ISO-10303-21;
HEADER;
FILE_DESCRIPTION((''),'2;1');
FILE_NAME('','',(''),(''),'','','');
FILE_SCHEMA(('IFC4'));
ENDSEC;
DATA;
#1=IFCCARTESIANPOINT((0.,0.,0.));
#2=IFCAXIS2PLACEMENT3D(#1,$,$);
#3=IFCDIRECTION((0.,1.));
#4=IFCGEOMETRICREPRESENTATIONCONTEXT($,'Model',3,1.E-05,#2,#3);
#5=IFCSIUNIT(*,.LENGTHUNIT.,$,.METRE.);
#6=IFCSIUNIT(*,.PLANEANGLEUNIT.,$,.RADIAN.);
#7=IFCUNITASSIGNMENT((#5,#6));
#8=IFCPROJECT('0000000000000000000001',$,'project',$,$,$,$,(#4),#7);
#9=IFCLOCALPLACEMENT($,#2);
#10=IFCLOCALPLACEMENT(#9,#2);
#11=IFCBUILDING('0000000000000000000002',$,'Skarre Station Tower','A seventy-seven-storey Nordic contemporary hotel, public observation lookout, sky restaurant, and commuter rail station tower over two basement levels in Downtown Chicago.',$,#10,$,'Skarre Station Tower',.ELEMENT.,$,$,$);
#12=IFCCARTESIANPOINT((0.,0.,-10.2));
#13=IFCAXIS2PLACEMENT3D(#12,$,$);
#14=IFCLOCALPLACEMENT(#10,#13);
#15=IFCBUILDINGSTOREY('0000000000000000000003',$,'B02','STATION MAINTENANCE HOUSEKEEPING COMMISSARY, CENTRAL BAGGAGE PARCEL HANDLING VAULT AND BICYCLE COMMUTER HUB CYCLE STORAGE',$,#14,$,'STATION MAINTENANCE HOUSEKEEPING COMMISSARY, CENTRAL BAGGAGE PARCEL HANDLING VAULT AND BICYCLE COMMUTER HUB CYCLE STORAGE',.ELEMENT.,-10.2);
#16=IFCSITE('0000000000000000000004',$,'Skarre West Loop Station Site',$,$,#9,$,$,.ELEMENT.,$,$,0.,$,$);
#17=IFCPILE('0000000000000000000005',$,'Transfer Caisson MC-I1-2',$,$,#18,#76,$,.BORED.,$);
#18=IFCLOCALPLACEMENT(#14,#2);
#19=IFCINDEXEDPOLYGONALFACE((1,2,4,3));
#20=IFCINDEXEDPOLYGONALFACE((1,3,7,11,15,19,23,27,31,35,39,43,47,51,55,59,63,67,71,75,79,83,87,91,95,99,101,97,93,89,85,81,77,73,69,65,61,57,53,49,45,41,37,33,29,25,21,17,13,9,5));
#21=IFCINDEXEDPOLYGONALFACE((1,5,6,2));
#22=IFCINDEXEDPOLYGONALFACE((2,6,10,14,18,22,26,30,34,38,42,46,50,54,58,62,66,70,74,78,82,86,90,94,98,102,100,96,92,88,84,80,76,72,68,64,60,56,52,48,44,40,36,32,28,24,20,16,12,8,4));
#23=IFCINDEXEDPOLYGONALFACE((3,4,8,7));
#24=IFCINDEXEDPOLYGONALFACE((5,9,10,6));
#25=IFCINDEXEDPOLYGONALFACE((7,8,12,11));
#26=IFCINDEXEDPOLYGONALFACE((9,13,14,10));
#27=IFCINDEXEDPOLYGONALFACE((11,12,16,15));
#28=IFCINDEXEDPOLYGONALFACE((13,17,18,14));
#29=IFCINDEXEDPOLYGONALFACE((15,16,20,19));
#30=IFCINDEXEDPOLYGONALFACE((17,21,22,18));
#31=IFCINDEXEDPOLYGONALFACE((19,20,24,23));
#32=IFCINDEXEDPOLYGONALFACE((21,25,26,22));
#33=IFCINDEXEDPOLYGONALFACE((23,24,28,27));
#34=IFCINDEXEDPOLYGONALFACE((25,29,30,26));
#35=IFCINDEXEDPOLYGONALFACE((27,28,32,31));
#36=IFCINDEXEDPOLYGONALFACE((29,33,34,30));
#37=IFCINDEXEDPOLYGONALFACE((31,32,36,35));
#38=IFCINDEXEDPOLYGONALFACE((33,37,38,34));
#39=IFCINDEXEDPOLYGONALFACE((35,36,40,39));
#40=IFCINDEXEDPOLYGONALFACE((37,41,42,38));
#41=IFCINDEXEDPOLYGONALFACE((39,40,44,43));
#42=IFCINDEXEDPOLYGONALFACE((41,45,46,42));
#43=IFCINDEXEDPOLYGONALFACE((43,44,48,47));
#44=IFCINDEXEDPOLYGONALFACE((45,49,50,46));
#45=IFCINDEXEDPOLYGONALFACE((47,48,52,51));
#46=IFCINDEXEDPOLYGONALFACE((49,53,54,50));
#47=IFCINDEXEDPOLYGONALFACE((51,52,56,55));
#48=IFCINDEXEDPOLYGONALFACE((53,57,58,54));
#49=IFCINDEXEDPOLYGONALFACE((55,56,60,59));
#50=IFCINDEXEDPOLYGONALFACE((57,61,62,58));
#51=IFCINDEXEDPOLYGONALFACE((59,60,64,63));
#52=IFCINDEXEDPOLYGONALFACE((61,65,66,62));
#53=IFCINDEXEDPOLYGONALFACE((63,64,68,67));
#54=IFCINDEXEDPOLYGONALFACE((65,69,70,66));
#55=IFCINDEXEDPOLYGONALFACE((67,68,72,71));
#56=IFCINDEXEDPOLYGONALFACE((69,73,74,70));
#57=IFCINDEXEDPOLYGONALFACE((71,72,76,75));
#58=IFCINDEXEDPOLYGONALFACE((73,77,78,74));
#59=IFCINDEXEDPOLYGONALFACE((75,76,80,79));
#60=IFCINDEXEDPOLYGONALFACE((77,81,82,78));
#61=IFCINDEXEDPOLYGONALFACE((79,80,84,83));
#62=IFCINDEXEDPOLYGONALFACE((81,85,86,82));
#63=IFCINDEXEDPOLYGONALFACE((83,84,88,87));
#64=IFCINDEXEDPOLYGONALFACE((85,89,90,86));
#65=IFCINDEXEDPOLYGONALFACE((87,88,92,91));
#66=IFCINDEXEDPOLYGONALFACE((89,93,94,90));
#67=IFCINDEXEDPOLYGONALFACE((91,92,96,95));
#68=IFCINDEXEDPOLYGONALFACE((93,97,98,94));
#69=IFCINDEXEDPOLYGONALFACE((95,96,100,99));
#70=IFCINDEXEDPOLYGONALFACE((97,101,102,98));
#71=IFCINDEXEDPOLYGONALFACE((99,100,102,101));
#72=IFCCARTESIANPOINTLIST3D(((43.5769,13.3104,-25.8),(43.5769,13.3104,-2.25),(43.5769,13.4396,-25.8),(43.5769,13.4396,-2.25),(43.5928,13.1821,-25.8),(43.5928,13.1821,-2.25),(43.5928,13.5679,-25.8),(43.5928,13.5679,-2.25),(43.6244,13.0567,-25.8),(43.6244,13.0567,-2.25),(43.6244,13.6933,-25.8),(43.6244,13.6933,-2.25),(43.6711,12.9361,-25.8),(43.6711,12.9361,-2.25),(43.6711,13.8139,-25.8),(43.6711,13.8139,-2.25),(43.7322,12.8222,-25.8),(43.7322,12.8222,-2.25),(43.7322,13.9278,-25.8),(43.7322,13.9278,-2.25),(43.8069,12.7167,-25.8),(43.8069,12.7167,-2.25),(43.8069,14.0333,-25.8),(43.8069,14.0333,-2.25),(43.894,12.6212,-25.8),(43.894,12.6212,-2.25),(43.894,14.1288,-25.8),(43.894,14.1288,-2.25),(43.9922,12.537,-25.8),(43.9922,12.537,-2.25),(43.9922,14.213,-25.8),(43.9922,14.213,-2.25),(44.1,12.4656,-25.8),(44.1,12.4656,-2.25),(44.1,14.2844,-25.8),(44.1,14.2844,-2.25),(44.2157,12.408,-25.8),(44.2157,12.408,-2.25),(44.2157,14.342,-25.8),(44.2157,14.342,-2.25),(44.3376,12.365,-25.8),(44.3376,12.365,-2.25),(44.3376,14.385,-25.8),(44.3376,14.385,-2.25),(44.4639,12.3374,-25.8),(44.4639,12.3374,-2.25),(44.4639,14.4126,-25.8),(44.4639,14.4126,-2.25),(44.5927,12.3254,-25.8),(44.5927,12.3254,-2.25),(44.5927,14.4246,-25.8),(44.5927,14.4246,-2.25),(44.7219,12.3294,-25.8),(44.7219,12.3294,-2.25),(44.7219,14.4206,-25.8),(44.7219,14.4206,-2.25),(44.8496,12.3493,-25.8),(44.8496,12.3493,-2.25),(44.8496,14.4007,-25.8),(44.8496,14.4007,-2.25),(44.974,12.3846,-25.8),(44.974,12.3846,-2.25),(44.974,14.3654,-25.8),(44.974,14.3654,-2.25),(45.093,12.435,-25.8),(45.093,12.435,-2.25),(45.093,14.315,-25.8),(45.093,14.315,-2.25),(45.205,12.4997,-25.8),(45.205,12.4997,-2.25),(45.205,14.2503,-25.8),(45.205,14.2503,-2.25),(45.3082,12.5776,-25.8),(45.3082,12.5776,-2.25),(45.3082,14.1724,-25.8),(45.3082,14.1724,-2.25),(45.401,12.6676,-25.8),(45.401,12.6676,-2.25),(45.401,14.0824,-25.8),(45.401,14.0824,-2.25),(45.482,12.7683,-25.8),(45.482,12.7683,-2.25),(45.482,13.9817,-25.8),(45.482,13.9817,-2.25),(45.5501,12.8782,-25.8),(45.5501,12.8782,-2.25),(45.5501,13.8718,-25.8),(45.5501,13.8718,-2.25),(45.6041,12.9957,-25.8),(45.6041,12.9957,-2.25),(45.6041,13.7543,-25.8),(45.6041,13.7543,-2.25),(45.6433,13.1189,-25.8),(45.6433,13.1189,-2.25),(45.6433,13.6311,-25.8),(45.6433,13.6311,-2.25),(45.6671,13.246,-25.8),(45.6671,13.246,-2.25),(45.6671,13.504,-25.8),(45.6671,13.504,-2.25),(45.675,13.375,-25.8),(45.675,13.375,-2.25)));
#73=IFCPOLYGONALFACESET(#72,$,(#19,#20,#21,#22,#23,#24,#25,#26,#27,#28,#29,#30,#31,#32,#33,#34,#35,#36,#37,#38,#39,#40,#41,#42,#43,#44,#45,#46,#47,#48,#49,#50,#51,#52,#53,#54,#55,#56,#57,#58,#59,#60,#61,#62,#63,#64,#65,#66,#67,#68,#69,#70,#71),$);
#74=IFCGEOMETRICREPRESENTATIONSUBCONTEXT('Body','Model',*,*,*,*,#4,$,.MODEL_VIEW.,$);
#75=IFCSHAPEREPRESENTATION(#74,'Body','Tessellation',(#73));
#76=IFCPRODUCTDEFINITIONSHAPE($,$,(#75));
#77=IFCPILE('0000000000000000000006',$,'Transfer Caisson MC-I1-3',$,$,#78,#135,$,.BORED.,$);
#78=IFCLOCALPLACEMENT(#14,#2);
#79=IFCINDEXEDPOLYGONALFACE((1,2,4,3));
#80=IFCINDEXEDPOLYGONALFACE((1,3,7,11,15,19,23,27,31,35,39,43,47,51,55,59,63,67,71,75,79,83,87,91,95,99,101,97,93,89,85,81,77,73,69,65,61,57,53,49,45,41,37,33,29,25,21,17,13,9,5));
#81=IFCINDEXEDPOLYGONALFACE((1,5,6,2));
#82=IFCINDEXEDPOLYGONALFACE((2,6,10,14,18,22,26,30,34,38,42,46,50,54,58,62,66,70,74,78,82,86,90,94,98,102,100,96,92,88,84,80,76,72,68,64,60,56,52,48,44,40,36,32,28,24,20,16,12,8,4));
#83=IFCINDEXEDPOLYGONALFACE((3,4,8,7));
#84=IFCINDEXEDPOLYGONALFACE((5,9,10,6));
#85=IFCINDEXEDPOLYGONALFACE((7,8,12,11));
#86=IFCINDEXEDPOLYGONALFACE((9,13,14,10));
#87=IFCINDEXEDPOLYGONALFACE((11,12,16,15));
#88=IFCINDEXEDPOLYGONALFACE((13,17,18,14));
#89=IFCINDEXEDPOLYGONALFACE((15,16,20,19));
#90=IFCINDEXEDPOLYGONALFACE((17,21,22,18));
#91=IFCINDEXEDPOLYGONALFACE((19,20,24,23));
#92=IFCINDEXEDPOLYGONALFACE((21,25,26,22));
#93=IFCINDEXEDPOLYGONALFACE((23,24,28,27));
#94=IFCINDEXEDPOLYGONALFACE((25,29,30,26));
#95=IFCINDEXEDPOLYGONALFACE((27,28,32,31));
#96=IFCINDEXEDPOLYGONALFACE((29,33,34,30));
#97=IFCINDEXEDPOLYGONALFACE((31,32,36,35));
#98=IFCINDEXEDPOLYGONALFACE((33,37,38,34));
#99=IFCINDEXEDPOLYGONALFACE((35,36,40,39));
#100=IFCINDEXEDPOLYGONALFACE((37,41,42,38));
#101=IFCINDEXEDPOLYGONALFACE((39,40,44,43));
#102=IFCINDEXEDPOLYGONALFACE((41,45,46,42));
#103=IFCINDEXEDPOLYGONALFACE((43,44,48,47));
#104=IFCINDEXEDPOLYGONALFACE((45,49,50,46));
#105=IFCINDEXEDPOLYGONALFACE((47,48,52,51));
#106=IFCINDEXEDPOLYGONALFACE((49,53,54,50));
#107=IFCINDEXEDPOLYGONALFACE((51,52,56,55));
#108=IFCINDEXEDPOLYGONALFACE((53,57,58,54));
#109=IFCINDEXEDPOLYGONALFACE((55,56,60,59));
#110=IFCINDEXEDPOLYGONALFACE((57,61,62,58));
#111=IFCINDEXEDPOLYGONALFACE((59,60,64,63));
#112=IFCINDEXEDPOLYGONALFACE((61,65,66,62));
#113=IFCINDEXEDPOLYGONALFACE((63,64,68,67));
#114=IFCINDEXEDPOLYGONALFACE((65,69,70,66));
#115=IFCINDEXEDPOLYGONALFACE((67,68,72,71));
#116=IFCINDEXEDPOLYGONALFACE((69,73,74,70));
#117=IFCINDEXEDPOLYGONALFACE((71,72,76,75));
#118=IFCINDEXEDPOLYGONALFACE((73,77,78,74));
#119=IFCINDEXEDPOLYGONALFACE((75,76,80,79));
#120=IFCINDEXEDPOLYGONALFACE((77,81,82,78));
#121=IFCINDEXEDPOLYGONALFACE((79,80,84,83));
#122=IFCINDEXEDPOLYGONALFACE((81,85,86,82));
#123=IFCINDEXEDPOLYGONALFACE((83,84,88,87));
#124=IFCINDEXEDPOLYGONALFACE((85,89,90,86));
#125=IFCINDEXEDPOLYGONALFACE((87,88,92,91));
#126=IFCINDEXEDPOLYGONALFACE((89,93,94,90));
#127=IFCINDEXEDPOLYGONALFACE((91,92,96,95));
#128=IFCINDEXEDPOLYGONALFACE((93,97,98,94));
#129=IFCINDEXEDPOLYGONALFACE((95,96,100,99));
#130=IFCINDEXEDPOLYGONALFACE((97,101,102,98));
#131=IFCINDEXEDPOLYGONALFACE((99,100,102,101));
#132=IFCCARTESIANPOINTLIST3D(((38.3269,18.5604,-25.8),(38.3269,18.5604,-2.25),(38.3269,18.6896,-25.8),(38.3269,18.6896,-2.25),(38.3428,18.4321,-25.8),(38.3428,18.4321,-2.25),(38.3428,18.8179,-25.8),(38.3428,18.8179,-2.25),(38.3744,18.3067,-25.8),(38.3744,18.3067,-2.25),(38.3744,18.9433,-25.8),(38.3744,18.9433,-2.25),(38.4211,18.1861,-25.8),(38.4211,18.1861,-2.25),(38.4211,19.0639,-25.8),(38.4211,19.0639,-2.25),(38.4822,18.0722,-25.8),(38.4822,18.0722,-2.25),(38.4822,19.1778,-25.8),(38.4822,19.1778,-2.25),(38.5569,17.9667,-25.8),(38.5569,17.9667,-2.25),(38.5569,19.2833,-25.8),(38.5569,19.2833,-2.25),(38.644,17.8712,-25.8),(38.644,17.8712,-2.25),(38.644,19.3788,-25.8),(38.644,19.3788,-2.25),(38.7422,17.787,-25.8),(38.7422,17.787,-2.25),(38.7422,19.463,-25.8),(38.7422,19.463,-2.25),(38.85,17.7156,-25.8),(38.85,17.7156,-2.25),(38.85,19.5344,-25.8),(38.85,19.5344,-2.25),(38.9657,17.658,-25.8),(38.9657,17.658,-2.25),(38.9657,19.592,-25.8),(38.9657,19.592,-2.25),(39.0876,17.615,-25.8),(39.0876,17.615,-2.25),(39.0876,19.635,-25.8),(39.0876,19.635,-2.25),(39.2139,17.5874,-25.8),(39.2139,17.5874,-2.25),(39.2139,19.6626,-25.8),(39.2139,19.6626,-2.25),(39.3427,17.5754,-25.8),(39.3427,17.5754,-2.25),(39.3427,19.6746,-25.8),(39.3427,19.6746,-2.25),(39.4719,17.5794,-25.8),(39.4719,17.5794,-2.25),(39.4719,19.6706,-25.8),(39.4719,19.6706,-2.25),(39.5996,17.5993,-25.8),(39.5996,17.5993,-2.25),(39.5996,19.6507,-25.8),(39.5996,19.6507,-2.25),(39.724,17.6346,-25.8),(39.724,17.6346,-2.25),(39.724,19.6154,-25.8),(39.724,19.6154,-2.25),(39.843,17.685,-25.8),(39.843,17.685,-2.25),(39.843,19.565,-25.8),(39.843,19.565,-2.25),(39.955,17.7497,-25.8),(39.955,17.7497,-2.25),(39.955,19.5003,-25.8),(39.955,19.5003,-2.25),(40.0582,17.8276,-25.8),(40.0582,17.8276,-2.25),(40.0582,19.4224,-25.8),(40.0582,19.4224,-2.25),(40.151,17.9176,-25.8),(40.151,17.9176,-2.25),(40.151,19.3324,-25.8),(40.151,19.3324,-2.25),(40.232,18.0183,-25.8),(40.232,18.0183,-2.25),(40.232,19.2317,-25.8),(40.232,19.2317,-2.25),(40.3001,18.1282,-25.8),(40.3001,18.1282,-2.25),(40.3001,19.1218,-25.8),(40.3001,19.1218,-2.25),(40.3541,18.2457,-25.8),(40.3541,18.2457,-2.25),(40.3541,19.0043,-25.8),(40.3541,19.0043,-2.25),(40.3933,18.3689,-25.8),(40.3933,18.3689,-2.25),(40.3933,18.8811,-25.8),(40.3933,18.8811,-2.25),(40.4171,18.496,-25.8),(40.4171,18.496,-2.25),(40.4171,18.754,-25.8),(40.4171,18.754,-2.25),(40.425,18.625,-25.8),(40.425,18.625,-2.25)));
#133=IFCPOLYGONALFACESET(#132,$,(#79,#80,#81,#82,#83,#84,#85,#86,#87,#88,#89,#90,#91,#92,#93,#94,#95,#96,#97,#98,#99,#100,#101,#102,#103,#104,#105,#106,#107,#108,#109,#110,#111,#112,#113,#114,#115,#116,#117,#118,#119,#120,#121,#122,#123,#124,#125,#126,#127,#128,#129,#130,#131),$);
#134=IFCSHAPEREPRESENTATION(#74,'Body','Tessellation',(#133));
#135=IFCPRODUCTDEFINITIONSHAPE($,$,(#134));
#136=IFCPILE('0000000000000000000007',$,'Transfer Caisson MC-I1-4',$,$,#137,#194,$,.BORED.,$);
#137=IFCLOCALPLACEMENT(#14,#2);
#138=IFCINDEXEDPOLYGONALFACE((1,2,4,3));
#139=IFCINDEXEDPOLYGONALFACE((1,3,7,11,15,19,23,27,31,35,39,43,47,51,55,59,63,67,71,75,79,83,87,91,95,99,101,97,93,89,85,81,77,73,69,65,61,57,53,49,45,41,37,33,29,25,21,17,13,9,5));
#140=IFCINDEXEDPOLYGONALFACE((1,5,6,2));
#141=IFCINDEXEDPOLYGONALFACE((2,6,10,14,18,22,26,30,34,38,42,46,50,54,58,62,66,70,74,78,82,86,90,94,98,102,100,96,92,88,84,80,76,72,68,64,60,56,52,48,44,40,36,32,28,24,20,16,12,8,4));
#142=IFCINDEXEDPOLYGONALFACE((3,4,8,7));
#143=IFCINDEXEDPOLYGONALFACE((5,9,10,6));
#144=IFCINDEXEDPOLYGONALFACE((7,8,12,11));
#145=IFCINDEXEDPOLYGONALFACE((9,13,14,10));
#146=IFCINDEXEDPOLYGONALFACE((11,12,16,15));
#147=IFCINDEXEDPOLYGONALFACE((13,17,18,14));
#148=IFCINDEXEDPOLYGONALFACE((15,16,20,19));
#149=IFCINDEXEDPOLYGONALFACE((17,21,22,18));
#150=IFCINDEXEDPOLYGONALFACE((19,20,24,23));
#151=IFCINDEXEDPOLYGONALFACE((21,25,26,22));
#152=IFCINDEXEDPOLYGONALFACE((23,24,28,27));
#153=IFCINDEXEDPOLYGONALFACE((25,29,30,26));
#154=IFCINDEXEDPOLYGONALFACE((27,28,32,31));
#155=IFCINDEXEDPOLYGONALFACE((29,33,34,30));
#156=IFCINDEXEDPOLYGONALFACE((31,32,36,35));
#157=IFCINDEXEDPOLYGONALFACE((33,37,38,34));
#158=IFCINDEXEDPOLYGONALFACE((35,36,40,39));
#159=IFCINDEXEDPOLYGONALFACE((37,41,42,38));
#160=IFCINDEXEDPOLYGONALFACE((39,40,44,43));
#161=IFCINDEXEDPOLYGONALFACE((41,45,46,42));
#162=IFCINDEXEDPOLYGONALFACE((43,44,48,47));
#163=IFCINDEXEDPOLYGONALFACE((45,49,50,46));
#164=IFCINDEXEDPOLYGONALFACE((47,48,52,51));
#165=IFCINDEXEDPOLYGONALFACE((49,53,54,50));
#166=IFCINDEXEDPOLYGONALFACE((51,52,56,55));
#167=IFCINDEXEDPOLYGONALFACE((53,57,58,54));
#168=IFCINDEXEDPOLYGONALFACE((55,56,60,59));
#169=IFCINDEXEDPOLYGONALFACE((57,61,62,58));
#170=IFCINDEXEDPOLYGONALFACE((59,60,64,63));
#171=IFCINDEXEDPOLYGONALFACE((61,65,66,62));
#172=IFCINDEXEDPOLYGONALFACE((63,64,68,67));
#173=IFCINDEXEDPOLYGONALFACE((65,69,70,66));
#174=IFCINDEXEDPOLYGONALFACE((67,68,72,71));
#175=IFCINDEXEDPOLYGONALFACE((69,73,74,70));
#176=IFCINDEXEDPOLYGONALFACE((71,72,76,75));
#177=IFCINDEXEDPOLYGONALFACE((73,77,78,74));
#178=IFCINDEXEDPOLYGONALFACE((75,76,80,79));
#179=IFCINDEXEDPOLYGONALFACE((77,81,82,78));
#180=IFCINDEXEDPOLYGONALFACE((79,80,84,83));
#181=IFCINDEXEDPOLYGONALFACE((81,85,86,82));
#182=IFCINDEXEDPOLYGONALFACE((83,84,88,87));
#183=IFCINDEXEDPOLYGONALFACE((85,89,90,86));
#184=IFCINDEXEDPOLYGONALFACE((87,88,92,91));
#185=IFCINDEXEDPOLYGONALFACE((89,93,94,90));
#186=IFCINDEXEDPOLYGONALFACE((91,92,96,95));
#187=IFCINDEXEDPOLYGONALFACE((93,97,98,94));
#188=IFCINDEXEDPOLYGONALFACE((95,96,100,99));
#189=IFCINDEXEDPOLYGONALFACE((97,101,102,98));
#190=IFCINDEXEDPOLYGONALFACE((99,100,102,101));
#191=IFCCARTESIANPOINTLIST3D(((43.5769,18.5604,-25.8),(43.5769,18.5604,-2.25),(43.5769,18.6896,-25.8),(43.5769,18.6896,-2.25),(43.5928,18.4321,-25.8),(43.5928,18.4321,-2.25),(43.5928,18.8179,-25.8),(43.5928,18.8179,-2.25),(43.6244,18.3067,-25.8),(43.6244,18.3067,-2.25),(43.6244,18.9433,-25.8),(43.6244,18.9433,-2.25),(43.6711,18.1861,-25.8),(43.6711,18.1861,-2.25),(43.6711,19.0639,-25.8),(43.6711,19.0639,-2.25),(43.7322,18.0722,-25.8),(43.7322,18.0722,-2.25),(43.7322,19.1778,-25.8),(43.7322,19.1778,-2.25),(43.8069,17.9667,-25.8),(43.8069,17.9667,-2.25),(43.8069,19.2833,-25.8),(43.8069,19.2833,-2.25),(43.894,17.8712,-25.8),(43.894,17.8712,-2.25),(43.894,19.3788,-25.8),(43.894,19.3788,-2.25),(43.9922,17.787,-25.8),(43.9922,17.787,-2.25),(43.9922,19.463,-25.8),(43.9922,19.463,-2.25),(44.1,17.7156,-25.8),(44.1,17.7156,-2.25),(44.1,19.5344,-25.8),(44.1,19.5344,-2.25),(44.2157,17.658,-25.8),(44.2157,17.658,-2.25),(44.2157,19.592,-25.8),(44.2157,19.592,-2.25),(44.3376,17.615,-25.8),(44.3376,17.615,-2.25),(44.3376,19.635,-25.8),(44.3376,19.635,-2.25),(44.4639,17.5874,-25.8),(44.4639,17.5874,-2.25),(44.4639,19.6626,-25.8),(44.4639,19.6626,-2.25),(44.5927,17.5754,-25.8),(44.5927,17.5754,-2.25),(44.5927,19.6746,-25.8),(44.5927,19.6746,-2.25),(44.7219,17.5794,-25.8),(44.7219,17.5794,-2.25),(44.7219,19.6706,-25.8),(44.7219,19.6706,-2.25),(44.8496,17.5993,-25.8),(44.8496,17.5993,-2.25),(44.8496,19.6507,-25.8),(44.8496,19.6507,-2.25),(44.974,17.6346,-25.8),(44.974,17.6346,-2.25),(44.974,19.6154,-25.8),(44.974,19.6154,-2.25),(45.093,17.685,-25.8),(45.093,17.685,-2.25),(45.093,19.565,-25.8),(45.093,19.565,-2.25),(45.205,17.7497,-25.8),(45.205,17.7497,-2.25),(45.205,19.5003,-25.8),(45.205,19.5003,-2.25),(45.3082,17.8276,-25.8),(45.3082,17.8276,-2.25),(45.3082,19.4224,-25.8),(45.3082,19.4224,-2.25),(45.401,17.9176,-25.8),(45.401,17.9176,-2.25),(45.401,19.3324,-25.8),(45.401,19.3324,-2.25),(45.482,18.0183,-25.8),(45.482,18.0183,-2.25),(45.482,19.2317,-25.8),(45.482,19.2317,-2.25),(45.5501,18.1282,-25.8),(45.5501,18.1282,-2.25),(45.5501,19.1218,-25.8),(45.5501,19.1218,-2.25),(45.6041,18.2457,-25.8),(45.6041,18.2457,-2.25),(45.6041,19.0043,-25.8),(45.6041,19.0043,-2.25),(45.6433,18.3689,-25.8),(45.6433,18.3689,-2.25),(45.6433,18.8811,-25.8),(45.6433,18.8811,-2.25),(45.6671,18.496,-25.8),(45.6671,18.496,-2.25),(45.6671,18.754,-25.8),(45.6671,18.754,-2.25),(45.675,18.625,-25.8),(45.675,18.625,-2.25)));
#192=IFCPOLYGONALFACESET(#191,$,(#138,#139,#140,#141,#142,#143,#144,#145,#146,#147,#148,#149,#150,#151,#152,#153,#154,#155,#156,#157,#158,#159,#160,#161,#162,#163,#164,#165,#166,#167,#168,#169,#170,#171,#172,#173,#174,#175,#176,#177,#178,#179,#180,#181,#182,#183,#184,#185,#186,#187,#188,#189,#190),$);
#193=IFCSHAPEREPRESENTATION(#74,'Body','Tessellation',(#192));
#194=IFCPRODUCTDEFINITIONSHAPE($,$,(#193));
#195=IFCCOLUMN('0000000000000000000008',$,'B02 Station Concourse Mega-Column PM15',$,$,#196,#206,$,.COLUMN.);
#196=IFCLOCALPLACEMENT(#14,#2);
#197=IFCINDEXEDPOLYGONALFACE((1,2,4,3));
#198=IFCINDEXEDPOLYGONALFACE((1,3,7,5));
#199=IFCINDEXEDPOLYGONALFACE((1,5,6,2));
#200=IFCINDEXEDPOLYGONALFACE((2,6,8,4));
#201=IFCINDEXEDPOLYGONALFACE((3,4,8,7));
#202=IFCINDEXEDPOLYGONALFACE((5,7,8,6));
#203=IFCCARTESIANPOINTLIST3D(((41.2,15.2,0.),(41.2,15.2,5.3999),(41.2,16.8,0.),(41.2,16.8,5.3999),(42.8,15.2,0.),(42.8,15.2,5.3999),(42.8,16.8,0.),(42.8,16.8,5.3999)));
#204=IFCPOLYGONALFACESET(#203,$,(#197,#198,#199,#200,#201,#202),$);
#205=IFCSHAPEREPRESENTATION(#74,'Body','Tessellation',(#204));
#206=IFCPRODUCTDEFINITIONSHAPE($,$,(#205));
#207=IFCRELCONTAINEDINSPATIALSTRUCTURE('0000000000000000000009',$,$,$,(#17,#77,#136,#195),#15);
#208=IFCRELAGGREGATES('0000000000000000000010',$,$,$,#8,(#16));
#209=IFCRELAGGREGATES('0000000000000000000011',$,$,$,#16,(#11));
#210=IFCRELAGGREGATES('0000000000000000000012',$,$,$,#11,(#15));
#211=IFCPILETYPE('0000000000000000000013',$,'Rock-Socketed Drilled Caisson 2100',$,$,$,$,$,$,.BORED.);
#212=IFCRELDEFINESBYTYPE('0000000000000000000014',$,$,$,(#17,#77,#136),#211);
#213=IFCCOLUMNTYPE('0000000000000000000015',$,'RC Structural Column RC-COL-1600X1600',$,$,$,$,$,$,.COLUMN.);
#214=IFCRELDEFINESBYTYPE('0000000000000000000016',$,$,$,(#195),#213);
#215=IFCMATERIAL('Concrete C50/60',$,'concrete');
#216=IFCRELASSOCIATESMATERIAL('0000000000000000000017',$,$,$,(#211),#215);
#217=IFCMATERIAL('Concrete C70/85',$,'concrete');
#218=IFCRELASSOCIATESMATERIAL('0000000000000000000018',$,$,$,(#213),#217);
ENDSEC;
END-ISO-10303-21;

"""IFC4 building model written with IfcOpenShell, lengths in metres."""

from ifc_helpers import new_model, si_unit, direction, frame, origin, origin_2d, place, context, subcontext, project, spatial, rectangle, circle, extrude, material, material_profile, profile_set, type_object, element, save


model = new_model("IFC4")

# Units and contexts
model_context = context("Model", 3, precision=1e-05, world=origin(), true_north=direction((0.0, 1.0)))
body_context = subcontext(model_context, "Body", "Model", "MODEL_VIEW")
ifc_project = project(units=[si_unit("LENGTHUNIT", "METRE"), si_unit("PLANEANGLEUNIT", "RADIAN")], contexts=[model_context])

# Site, building, storey
site_placement = place(None, origin())
site = spatial("IfcSite", under=ifc_project, at=site_placement, Name="Skarre West Loop Station Site", CompositionType="ELEMENT", RefElevation=0.0)
building_placement = place(site_placement, origin())
building = spatial("IfcBuilding", under=site, at=building_placement, Name="Skarre Station Tower", Description="A seventy-seven-storey Nordic contemporary hotel, public observation lookout, sky restaurant, and commuter rail station tower over two basement levels in Downtown Chicago.", LongName="Skarre Station Tower", CompositionType="ELEMENT")
storey_placement = place(building_placement, frame((0.0, 0.0, -10.2)))
storey = spatial("IfcBuildingStorey", under=building, at=storey_placement, Name="B02", Description="STATION MAINTENANCE HOUSEKEEPING COMMISSARY, CENTRAL BAGGAGE PARCEL HANDLING VAULT AND BICYCLE COMMUTER HUB CYCLE STORAGE", LongName="STATION MAINTENANCE HOUSEKEEPING COMMISSARY, CENTRAL BAGGAGE PARCEL HANDLING VAULT AND BICYCLE COMMUTER HUB CYCLE STORAGE", CompositionType="ELEMENT", Elevation=-10.2)

# Shared definitions
ifc_material_1 = material(Name="Concrete C50/60", Category="concrete")

# Piles
ifc_material_profile_1 = material_profile(ifc_material_1, circle(Radius=1.05, at=origin_2d()), Name="Concrete C50/60")
ifc_profile_set_1 = profile_set([ifc_material_profile_1], Name="Concrete C50/60")
pile_type_1 = type_object("IfcPileType", Name="Rock-Socketed Drilled Caisson 2100", PredefinedType="BORED", material=ifc_profile_set_1)
for number, where, z_axis, x_axis, name in (
    (1, (44.625, 13.375, -2.25), (0.0, 0.0, -1.0), (1.0, 0.0, 0.0), "Transfer Caisson MC-I1-2"),
    (2, (39.375, 18.625, -2.25), (0.0, 0.0, -1.0), (1.0, 0.0, 0.0), "Transfer Caisson MC-I1-3"),
    (3, (44.625, 18.625, -2.25), (0.0, 0.0, -1.0), (1.0, 0.0, 0.0), "Transfer Caisson MC-I1-4"),
):
    element("IfcPile", number, at=place(storey_placement, frame(where, z_axis=z_axis, x_axis=x_axis)), inside=storey, type_object=pile_type_1, Name=name, PredefinedType="BORED", context=body_context, shape_type="SweptSolid", body=[
        extrude(circle(Radius=1.05, at=origin_2d()), origin(), (0.0, 0.0, 1.0), 23.55),
    ])

# Column
ifc_material_2 = material(Name="Concrete C70/85", Category="concrete")
ifc_material_profile_2 = material_profile(ifc_material_2, rectangle(XDim=1.6001, YDim=1.6001, at=origin_2d()), Name="Concrete C70/85")
ifc_profile_set_2 = profile_set([ifc_material_profile_2], Name="Concrete C70/85")
column_type_1 = type_object("IfcColumnType", Name="RC Structural Column RC-COL-1600X1600", PredefinedType="COLUMN", material=ifc_profile_set_2)
for number, where, z_axis, x_axis, name in (
    (4, (42.0, 16.0, 0.0), (0.0, 0.0, 1.0), (1.0, 0.0, 0.0), "B02 Station Concourse Mega-Column PM15"),
):
    element("IfcColumn", number, at=place(storey_placement, frame(where, z_axis=z_axis, x_axis=x_axis)), inside=storey, type_object=column_type_1, Name=name, PredefinedType="COLUMN", context=body_context, shape_type="SweptSolid", body=[
        extrude(rectangle(XDim=1.6001, YDim=1.6001, at=origin_2d()), origin(), (0.0, 0.0, 1.0), 5.3999),
    ])

save(model, "model.ifc")
